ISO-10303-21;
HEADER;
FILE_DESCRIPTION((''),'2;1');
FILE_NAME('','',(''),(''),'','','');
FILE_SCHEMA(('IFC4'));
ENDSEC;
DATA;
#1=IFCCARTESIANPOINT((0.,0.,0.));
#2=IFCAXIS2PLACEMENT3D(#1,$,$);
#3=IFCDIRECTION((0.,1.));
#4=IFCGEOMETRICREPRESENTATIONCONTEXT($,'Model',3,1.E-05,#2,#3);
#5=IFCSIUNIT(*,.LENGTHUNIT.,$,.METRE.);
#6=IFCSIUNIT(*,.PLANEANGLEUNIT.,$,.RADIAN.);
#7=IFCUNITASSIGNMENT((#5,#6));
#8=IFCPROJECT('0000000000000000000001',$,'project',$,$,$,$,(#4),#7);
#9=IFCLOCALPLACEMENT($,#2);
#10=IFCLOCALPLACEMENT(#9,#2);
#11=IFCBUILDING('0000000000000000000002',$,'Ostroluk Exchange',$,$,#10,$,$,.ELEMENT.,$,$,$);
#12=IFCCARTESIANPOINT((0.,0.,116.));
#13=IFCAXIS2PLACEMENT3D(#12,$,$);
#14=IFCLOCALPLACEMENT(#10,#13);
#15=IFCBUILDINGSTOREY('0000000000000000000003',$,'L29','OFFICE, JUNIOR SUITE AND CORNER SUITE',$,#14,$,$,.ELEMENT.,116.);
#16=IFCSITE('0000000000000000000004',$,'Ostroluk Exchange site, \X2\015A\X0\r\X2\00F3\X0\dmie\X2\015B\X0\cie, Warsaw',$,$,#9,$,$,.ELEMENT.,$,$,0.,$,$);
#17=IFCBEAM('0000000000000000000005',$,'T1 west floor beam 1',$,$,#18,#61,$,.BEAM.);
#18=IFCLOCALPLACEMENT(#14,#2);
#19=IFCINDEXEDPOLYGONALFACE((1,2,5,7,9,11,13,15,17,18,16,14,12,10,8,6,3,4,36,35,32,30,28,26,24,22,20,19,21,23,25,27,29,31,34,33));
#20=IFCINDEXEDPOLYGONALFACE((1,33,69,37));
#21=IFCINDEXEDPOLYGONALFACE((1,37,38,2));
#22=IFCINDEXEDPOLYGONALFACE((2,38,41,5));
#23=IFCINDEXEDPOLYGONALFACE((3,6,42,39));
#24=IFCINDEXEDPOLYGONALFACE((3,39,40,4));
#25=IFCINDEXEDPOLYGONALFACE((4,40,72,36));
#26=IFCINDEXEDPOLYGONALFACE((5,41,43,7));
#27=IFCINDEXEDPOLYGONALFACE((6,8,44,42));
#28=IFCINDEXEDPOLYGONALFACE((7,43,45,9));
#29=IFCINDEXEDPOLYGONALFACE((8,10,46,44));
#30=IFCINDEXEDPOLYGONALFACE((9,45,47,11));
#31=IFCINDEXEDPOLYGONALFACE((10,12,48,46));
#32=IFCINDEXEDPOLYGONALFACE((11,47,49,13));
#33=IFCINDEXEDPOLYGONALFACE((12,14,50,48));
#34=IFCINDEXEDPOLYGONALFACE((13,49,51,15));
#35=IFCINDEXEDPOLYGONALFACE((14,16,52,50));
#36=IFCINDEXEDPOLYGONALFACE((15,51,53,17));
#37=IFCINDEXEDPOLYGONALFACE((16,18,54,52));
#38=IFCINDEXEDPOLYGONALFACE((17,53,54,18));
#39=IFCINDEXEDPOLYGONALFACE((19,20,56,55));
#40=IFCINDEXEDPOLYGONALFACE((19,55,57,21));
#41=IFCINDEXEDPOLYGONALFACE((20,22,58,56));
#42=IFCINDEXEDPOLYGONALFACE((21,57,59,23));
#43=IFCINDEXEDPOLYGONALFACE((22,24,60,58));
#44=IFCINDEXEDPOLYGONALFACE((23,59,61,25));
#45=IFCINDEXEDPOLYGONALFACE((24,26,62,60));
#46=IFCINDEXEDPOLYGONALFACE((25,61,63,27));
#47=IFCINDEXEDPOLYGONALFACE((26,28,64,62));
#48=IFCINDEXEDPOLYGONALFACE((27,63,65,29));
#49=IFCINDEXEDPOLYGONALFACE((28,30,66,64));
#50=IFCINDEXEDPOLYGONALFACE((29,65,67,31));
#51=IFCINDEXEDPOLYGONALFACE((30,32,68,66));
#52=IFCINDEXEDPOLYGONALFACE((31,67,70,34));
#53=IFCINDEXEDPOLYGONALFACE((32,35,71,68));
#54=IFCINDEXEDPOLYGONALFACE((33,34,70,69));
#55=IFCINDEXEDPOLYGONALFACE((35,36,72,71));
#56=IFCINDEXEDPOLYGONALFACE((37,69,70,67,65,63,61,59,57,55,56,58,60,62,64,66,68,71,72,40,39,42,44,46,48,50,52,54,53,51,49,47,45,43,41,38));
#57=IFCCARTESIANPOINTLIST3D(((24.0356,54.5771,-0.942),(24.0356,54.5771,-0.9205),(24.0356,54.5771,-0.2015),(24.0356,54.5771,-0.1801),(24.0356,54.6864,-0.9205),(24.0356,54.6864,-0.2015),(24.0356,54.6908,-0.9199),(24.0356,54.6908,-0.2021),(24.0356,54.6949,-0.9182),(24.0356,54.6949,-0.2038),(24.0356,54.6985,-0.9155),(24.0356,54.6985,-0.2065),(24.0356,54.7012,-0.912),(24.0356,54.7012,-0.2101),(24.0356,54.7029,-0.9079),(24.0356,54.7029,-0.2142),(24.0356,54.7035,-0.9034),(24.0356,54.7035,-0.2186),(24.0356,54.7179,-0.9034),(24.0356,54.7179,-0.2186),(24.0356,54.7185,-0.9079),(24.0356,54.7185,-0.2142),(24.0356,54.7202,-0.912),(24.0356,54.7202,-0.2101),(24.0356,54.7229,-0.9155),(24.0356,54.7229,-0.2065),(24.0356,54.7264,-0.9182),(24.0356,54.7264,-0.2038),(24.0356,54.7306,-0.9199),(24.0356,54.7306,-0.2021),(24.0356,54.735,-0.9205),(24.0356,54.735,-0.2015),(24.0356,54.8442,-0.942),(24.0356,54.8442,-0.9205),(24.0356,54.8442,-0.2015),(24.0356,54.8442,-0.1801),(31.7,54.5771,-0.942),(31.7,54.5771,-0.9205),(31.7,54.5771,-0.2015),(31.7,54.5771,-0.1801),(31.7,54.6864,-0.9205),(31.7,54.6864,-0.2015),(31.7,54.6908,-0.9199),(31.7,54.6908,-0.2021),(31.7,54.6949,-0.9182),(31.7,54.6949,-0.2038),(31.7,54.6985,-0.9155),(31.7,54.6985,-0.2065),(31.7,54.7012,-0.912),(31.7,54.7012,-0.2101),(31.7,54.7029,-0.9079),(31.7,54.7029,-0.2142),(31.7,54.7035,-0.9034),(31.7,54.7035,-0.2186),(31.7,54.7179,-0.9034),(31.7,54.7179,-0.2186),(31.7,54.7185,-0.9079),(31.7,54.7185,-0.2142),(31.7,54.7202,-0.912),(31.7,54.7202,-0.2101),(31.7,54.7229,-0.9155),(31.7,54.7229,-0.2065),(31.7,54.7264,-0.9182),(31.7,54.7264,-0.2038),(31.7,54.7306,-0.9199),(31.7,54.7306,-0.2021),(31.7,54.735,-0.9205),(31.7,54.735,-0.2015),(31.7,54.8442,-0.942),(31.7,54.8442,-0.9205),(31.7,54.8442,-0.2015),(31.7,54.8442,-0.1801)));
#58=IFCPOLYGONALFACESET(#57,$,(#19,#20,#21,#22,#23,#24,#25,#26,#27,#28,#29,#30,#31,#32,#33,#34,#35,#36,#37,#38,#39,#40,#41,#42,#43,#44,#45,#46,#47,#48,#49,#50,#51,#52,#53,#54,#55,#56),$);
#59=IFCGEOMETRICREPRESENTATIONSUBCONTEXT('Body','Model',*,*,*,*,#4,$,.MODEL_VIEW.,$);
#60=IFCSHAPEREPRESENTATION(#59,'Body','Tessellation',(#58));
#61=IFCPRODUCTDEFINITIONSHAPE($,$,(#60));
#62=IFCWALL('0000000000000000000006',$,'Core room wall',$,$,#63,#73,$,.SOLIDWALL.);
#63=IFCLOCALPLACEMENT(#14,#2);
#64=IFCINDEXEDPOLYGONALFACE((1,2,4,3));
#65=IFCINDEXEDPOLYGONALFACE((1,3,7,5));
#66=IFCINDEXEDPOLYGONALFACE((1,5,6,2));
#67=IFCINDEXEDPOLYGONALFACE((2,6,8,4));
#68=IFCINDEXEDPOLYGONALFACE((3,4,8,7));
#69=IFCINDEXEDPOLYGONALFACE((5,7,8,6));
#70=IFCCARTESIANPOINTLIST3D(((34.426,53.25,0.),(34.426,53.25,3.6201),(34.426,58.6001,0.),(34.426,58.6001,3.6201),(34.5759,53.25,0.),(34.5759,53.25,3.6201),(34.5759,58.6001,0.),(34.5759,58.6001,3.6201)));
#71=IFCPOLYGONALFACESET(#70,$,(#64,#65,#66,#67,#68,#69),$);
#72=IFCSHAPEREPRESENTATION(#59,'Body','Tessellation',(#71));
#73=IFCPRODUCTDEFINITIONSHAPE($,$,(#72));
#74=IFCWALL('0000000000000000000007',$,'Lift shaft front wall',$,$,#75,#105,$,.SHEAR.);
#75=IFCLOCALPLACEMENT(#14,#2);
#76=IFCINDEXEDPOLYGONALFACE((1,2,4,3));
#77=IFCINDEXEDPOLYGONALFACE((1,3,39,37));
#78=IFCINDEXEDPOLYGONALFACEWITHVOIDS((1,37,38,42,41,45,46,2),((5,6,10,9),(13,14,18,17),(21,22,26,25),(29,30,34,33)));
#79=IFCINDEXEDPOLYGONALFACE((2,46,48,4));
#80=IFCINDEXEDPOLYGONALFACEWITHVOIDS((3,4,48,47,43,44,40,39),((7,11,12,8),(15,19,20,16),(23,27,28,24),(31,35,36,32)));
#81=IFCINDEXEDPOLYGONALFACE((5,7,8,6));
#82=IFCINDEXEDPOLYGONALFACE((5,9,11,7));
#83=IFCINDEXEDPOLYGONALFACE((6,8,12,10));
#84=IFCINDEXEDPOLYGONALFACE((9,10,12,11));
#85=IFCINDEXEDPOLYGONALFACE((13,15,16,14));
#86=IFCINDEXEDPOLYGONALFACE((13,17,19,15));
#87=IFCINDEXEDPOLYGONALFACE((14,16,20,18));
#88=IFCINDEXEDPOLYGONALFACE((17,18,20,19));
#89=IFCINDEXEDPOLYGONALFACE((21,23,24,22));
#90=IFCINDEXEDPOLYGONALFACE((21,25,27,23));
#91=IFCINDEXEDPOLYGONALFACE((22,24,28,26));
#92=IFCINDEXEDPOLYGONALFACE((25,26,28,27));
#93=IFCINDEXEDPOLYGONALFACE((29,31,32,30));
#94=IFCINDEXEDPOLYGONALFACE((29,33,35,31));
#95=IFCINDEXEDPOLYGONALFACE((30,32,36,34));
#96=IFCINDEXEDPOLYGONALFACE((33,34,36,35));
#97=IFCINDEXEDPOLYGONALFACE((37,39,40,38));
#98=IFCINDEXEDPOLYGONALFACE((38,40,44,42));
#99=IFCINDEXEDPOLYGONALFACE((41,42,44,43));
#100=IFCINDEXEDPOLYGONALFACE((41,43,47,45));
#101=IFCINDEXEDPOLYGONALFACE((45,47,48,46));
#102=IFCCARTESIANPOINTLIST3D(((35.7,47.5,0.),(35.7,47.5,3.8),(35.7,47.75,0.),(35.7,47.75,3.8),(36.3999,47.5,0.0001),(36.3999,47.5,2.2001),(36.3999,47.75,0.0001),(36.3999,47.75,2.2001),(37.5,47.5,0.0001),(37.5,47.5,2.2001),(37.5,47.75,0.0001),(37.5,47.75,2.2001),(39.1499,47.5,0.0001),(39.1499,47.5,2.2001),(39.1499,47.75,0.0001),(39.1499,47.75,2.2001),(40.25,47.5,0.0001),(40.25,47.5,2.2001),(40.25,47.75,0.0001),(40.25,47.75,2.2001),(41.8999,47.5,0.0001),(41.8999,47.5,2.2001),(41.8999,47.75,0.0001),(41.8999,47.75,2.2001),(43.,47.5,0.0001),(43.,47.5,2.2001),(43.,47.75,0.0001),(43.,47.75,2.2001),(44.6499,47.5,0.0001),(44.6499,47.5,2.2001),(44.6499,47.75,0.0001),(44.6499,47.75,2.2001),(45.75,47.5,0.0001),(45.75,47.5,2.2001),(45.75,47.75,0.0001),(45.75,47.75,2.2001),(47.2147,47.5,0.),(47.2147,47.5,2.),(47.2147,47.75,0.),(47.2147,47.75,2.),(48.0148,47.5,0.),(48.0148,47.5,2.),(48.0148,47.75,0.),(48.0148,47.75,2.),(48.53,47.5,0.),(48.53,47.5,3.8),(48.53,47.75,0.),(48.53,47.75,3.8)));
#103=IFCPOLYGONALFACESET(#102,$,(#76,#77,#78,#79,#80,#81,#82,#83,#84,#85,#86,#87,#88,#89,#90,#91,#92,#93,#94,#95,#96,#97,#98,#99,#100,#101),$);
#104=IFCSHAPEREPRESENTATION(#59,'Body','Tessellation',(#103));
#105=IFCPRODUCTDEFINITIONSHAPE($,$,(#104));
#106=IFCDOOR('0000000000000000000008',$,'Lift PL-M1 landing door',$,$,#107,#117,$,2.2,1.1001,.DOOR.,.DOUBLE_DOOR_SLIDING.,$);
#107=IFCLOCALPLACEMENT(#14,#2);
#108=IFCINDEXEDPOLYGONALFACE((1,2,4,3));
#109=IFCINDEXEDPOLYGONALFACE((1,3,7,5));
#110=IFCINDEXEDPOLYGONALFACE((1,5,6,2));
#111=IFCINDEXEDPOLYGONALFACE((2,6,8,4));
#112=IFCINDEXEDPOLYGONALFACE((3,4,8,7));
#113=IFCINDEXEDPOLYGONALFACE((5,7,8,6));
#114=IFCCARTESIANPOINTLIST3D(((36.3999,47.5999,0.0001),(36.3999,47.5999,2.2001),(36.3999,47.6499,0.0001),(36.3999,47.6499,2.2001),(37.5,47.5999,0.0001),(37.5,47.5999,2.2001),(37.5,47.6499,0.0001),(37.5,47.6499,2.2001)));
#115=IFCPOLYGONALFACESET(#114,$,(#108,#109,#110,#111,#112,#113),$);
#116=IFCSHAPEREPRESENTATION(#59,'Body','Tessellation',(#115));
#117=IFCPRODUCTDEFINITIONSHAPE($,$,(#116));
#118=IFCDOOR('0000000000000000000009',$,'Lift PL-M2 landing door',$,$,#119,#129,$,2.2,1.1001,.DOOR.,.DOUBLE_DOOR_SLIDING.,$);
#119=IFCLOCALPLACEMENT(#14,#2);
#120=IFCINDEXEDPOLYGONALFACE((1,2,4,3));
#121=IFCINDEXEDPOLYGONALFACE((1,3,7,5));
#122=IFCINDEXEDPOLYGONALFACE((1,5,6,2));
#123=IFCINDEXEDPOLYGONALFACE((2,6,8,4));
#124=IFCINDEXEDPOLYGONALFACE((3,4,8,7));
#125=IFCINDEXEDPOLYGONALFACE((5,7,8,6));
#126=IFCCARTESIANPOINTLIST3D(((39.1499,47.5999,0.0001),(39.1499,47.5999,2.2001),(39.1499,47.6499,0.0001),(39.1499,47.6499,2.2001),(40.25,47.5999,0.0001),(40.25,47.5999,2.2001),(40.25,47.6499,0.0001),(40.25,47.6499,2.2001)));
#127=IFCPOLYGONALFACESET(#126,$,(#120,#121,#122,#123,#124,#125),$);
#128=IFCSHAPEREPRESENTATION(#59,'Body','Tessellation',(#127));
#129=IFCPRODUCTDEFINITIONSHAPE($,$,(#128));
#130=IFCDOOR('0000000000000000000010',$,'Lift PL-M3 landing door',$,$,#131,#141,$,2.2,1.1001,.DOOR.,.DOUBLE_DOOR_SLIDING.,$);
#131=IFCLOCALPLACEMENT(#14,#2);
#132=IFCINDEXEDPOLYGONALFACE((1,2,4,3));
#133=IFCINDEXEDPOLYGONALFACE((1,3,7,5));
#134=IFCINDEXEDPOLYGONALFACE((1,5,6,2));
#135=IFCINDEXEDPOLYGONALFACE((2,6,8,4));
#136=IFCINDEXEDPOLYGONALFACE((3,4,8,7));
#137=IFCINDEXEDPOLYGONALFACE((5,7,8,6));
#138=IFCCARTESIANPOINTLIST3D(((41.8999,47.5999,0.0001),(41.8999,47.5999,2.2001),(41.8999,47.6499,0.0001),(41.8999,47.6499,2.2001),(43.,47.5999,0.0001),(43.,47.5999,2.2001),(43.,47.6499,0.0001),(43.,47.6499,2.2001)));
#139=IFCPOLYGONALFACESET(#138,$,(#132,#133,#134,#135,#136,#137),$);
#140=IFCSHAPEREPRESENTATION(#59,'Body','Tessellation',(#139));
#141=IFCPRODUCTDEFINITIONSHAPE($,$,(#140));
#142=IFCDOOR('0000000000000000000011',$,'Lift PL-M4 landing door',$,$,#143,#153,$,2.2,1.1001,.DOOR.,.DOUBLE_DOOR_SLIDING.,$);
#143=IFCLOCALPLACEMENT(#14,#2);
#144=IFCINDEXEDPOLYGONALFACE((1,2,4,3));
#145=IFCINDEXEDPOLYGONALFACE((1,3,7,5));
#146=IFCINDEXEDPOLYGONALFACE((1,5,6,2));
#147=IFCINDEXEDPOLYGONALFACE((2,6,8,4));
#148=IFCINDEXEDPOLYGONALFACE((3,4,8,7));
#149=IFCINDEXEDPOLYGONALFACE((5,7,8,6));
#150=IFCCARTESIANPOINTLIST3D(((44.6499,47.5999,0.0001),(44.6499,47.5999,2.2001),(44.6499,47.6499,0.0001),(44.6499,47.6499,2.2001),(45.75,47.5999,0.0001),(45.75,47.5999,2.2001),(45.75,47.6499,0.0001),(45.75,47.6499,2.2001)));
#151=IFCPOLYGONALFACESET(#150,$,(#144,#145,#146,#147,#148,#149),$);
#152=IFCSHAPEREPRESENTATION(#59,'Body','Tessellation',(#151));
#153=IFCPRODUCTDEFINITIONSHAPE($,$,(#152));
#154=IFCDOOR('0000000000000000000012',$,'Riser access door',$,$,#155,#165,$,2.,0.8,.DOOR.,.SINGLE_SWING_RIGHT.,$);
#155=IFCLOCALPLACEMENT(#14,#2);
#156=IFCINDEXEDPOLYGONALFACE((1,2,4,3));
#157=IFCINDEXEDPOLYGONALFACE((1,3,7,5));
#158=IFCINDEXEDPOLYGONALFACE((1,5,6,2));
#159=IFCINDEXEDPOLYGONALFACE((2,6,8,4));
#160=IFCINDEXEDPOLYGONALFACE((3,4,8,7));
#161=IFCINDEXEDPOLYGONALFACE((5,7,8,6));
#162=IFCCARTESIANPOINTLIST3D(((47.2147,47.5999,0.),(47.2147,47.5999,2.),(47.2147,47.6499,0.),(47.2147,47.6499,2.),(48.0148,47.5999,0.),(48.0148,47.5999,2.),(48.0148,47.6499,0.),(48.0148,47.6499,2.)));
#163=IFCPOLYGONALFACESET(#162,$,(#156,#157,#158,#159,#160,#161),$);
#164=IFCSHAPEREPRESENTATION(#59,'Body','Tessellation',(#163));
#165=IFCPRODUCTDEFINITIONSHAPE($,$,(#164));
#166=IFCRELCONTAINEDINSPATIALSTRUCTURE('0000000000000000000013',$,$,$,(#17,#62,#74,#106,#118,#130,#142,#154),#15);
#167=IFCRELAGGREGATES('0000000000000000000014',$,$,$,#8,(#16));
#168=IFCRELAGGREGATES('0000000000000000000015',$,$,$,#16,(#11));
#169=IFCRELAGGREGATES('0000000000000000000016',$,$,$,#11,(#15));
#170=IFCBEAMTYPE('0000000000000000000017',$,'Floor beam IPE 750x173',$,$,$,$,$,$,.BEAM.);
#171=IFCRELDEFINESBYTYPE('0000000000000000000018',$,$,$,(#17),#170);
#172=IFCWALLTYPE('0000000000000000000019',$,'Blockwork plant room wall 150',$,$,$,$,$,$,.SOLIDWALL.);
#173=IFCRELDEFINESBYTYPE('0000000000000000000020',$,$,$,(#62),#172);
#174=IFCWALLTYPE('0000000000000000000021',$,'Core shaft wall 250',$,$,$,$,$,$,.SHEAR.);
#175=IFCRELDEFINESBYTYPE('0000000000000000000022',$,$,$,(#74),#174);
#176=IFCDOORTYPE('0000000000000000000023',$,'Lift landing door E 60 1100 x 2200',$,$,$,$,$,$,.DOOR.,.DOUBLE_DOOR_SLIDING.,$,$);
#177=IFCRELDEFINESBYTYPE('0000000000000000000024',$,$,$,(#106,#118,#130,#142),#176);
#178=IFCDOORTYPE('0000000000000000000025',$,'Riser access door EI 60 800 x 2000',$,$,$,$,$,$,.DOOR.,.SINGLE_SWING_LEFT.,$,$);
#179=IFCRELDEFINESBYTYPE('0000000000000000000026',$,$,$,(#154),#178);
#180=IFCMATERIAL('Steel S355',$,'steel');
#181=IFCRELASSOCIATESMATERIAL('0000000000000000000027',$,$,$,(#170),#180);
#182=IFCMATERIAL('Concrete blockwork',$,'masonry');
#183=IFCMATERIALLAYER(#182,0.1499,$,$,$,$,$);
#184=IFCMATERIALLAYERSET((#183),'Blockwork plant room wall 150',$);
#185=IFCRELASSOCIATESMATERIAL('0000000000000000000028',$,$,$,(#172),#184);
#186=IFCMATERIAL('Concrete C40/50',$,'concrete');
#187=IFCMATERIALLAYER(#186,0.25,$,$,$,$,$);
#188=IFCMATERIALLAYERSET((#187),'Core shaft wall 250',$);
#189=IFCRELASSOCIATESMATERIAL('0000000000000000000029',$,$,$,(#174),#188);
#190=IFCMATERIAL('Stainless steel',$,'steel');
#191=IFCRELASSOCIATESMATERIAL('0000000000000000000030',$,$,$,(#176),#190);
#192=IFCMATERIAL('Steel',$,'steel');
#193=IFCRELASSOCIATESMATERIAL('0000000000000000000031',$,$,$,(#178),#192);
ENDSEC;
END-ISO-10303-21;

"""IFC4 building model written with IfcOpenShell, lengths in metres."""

from ifc_helpers import new_model, si_unit, direction, frame, frame_2d, origin, origin_2d, place, context, subcontext, project, spatial, rectangle, i_section, extrude, material, layer, layer_set, material_profile, profile_set, type_object, element, fill, save


model = new_model("IFC4")

# Units and contexts
model_context = context("Model", 3, precision=1e-05, world=origin(), true_north=direction((0.0, 1.0)))
body_context = subcontext(model_context, "Body", "Model", "MODEL_VIEW")
ifc_project = project(units=[si_unit("LENGTHUNIT", "METRE"), si_unit("PLANEANGLEUNIT", "RADIAN")], contexts=[model_context])

# Site, building, storey
site_placement = place(None, origin())
site = spatial("IfcSite", under=ifc_project, at=site_placement, Name="Ostroluk Exchange site, Śródmieście, Warsaw", CompositionType="ELEMENT", RefElevation=0.0)
building_placement = place(site_placement, origin())
building = spatial("IfcBuilding", under=site, at=building_placement, Name="Ostroluk Exchange", CompositionType="ELEMENT")
storey_placement = place(building_placement, frame((0.0, 0.0, 116.0)))
storey = spatial("IfcBuildingStorey", under=building, at=storey_placement, Name="L29", Description="OFFICE, JUNIOR SUITE AND CORNER SUITE", CompositionType="ELEMENT", Elevation=116.0)

# Beam
ifc_material_1 = material(Name="Steel S355", Category="steel")
ifc_material_profile = material_profile(ifc_material_1, i_section(OverallWidth=0.2671, OverallDepth=0.762, WebThickness=0.0144, FlangeThickness=0.0215, FilletRadius=0.0171, at=origin_2d()), Name="IPE 750x173")
ifc_profile_set = profile_set([ifc_material_profile], Name="Steel S355")
beam_type = type_object("IfcBeamType", Name="Floor beam IPE 750x173", PredefinedType="BEAM", material=ifc_profile_set)
beam_placement = place(storey_placement, frame((31.7, 54.7107, -0.561), z_axis=(-1.0, 0.0, 0.0), x_axis=(0.0, -1.0, 0.0)))
element("IfcBeam", 1, at=beam_placement, inside=storey, type_object=beam_type, Name="T1 west floor beam 1", PredefinedType="BEAM", context=body_context, shape_type="SweptSolid", body=[
    extrude(i_section(OverallWidth=0.2671, OverallDepth=0.762, WebThickness=0.0144, FlangeThickness=0.0215, FilletRadius=0.0171, at=origin_2d()), origin(), (0.0, 0.0, 1.0), 7.6643),
])

# Wall
ifc_material_2 = material(Name="Concrete blockwork", Category="masonry")
ifc_layer_1 = layer(ifc_material_2, 0.1499)
ifc_layer_set_1 = layer_set([ifc_layer_1], Name="Blockwork plant room wall 150")
wall_type_1 = type_object("IfcWallType", Name="Blockwork plant room wall 150", PredefinedType="SOLIDWALL", material=ifc_layer_set_1)
wall_1_placement = place(storey_placement, frame((34.501, 53.25, 0.0), z_axis=(0.0, 0.0, 1.0), x_axis=(0.0, 1.0, 0.0)))
element("IfcWall", 2, at=wall_1_placement, inside=storey, type_object=wall_type_1, Name="Core room wall", PredefinedType="SOLIDWALL", context=body_context, shape_type="SweptSolid", body=[
    extrude(rectangle(XDim=5.3501, YDim=0.1499, at=frame_2d((2.675, 0.0))), origin(), (0.0, 0.0, 1.0), 3.6201),
])

# Wall, openings, doors
ifc_material_3 = material(Name="Concrete C40/50", Category="concrete")
ifc_layer_2 = layer(ifc_material_3, 0.25)
ifc_layer_set_2 = layer_set([ifc_layer_2], Name="Core shaft wall 250")
wall_type_2 = type_object("IfcWallType", Name="Core shaft wall 250", PredefinedType="SHEAR", material=ifc_layer_set_2)
wall_2_placement = place(storey_placement, frame((35.7, 47.625, 0.0), z_axis=(0.0, 0.0, 1.0), x_axis=(1.0, 0.0, 0.0)))
wall_2 = element("IfcWall", 3, at=wall_2_placement, inside=storey, type_object=wall_type_2, Name="Lift shaft front wall", PredefinedType="SHEAR", context=body_context, shape_type="SweptSolid", body=[
    extrude(rectangle(XDim=12.8301, YDim=0.25, at=frame_2d((6.415, 0.0))), origin(), (0.0, 0.0, 1.0), 3.8),
])
opening_1_placement = place(wall_2_placement, frame((0.7, 0.0, 0.0)))
opening_1 = element("IfcOpeningElement", 4, at=opening_1_placement, cuts=wall_2, PredefinedType="OPENING", context=body_context, shape_type="SweptSolid", body=[
    extrude(rectangle(XDim=1.1001, YDim=2.2, at=frame_2d((0.55, 1.1001))), frame((0.0, 0.135, 0.0), z_axis=(0.0, -1.0, 0.0), x_axis=(1.0, 0.0, 0.0)), (0.0, 0.0, 1.0), 0.27),
])
opening_2_placement = place(wall_2_placement, frame((3.45, 0.0, 0.0)))
opening_2 = element("IfcOpeningElement", 5, at=opening_2_placement, cuts=wall_2, PredefinedType="OPENING", context=body_context, shape_type="SweptSolid", body=[
    extrude(rectangle(XDim=1.1001, YDim=2.2, at=frame_2d((0.55, 1.1001))), frame((0.0, 0.135, 0.0), z_axis=(0.0, -1.0, 0.0), x_axis=(1.0, 0.0, 0.0)), (0.0, 0.0, 1.0), 0.27),
])
opening_3_placement = place(wall_2_placement, frame((6.2, 0.0, 0.0)))
opening_3 = element("IfcOpeningElement", 6, at=opening_3_placement, cuts=wall_2, PredefinedType="OPENING", context=body_context, shape_type="SweptSolid", body=[
    extrude(rectangle(XDim=1.1001, YDim=2.2, at=frame_2d((0.55, 1.1001))), frame((0.0, 0.135, 0.0), z_axis=(0.0, -1.0, 0.0), x_axis=(1.0, 0.0, 0.0)), (0.0, 0.0, 1.0), 0.27),
])
opening_4_placement = place(wall_2_placement, frame((8.95, 0.0, 0.0)))
opening_4 = element("IfcOpeningElement", 7, at=opening_4_placement, cuts=wall_2, PredefinedType="OPENING", context=body_context, shape_type="SweptSolid", body=[
    extrude(rectangle(XDim=1.1001, YDim=2.2, at=frame_2d((0.55, 1.1001))), frame((0.0, 0.135, 0.0), z_axis=(0.0, -1.0, 0.0), x_axis=(1.0, 0.0, 0.0)), (0.0, 0.0, 1.0), 0.27),
])
opening_5_placement = place(wall_2_placement, frame((11.5149, 0.0, 0.0)))
opening_5 = element("IfcOpeningElement", 8, at=opening_5_placement, cuts=wall_2, PredefinedType="OPENING", context=body_context, shape_type="SweptSolid", body=[
    extrude(rectangle(XDim=0.8, YDim=2.0, at=frame_2d((0.3999, 1.0))), frame((0.0, 0.135, 0.0), z_axis=(0.0, -1.0, 0.0), x_axis=(1.0, 0.0, 0.0)), (0.0, 0.0, 1.0), 0.27),
])
ifc_material_4 = material(Name="Stainless steel", Category="steel")
door_type_1 = type_object("IfcDoorType", Name="Lift landing door E 60 1100 x 2200", OperationType="DOUBLE_DOOR_SLIDING", PredefinedType="DOOR", material=ifc_material_4)
door_1_placement = place(opening_1_placement, origin())
door_1 = element("IfcDoor", 9, at=door_1_placement, inside=storey, type_object=door_type_1, Name="Lift PL-M1 landing door", OperationType="DOUBLE_DOOR_SLIDING", OverallHeight=2.2, OverallWidth=1.1001, PredefinedType="DOOR", context=body_context, shape_type="SweptSolid", body=[
    extrude(rectangle(XDim=1.1001, YDim=2.2, at=frame_2d((0.55, 1.1001))), frame((0.0, 0.0249, 0.0), z_axis=(0.0, -1.0, 0.0), x_axis=(1.0, 0.0, 0.0)), (0.0, 0.0, 1.0), 0.05),
])
fill(opening_1, door_1)
door_2_placement = place(opening_2_placement, origin())
door_2 = element("IfcDoor", 10, at=door_2_placement, inside=storey, type_object=door_type_1, Name="Lift PL-M2 landing door", OperationType="DOUBLE_DOOR_SLIDING", OverallHeight=2.2, OverallWidth=1.1001, PredefinedType="DOOR", context=body_context, shape_type="SweptSolid", body=[
    extrude(rectangle(XDim=1.1001, YDim=2.2, at=frame_2d((0.55, 1.1001))), frame((0.0, 0.0249, 0.0), z_axis=(0.0, -1.0, 0.0), x_axis=(1.0, 0.0, 0.0)), (0.0, 0.0, 1.0), 0.05),
])
fill(opening_2, door_2)
door_3_placement = place(opening_3_placement, origin())
door_3 = element("IfcDoor", 11, at=door_3_placement, inside=storey, type_object=door_type_1, Name="Lift PL-M3 landing door", OperationType="DOUBLE_DOOR_SLIDING", OverallHeight=2.2, OverallWidth=1.1001, PredefinedType="DOOR", context=body_context, shape_type="SweptSolid", body=[
    extrude(rectangle(XDim=1.1001, YDim=2.2, at=frame_2d((0.55, 1.1001))), frame((0.0, 0.0249, 0.0), z_axis=(0.0, -1.0, 0.0), x_axis=(1.0, 0.0, 0.0)), (0.0, 0.0, 1.0), 0.05),
])
fill(opening_3, door_3)
door_4_placement = place(opening_4_placement, origin())
door_4 = element("IfcDoor", 12, at=door_4_placement, inside=storey, type_object=door_type_1, Name="Lift PL-M4 landing door", OperationType="DOUBLE_DOOR_SLIDING", OverallHeight=2.2, OverallWidth=1.1001, PredefinedType="DOOR", context=body_context, shape_type="SweptSolid", body=[
    extrude(rectangle(XDim=1.1001, YDim=2.2, at=frame_2d((0.55, 1.1001))), frame((0.0, 0.0249, 0.0), z_axis=(0.0, -1.0, 0.0), x_axis=(1.0, 0.0, 0.0)), (0.0, 0.0, 1.0), 0.05),
])
fill(opening_4, door_4)
ifc_material_5 = material(Name="Steel", Category="steel")
door_type_2 = type_object("IfcDoorType", Name="Riser access door EI 60 800 x 2000", OperationType="SINGLE_SWING_LEFT", PredefinedType="DOOR", material=ifc_material_5)
door_5_placement = place(opening_5_placement, origin())
door_5 = element("IfcDoor", 13, at=door_5_placement, inside=storey, type_object=door_type_2, Name="Riser access door", OperationType="SINGLE_SWING_RIGHT", OverallHeight=2.0, OverallWidth=0.8, PredefinedType="DOOR", context=body_context, shape_type="SweptSolid", body=[
    extrude(rectangle(XDim=0.8, YDim=2.0, at=frame_2d((0.3999, 1.0))), frame((0.0, 0.0249, 0.0), z_axis=(0.0, -1.0, 0.0), x_axis=(1.0, 0.0, 0.0)), (0.0, 0.0, 1.0), 0.05),
])
fill(opening_5, door_5)

save(model, "model.ifc")
